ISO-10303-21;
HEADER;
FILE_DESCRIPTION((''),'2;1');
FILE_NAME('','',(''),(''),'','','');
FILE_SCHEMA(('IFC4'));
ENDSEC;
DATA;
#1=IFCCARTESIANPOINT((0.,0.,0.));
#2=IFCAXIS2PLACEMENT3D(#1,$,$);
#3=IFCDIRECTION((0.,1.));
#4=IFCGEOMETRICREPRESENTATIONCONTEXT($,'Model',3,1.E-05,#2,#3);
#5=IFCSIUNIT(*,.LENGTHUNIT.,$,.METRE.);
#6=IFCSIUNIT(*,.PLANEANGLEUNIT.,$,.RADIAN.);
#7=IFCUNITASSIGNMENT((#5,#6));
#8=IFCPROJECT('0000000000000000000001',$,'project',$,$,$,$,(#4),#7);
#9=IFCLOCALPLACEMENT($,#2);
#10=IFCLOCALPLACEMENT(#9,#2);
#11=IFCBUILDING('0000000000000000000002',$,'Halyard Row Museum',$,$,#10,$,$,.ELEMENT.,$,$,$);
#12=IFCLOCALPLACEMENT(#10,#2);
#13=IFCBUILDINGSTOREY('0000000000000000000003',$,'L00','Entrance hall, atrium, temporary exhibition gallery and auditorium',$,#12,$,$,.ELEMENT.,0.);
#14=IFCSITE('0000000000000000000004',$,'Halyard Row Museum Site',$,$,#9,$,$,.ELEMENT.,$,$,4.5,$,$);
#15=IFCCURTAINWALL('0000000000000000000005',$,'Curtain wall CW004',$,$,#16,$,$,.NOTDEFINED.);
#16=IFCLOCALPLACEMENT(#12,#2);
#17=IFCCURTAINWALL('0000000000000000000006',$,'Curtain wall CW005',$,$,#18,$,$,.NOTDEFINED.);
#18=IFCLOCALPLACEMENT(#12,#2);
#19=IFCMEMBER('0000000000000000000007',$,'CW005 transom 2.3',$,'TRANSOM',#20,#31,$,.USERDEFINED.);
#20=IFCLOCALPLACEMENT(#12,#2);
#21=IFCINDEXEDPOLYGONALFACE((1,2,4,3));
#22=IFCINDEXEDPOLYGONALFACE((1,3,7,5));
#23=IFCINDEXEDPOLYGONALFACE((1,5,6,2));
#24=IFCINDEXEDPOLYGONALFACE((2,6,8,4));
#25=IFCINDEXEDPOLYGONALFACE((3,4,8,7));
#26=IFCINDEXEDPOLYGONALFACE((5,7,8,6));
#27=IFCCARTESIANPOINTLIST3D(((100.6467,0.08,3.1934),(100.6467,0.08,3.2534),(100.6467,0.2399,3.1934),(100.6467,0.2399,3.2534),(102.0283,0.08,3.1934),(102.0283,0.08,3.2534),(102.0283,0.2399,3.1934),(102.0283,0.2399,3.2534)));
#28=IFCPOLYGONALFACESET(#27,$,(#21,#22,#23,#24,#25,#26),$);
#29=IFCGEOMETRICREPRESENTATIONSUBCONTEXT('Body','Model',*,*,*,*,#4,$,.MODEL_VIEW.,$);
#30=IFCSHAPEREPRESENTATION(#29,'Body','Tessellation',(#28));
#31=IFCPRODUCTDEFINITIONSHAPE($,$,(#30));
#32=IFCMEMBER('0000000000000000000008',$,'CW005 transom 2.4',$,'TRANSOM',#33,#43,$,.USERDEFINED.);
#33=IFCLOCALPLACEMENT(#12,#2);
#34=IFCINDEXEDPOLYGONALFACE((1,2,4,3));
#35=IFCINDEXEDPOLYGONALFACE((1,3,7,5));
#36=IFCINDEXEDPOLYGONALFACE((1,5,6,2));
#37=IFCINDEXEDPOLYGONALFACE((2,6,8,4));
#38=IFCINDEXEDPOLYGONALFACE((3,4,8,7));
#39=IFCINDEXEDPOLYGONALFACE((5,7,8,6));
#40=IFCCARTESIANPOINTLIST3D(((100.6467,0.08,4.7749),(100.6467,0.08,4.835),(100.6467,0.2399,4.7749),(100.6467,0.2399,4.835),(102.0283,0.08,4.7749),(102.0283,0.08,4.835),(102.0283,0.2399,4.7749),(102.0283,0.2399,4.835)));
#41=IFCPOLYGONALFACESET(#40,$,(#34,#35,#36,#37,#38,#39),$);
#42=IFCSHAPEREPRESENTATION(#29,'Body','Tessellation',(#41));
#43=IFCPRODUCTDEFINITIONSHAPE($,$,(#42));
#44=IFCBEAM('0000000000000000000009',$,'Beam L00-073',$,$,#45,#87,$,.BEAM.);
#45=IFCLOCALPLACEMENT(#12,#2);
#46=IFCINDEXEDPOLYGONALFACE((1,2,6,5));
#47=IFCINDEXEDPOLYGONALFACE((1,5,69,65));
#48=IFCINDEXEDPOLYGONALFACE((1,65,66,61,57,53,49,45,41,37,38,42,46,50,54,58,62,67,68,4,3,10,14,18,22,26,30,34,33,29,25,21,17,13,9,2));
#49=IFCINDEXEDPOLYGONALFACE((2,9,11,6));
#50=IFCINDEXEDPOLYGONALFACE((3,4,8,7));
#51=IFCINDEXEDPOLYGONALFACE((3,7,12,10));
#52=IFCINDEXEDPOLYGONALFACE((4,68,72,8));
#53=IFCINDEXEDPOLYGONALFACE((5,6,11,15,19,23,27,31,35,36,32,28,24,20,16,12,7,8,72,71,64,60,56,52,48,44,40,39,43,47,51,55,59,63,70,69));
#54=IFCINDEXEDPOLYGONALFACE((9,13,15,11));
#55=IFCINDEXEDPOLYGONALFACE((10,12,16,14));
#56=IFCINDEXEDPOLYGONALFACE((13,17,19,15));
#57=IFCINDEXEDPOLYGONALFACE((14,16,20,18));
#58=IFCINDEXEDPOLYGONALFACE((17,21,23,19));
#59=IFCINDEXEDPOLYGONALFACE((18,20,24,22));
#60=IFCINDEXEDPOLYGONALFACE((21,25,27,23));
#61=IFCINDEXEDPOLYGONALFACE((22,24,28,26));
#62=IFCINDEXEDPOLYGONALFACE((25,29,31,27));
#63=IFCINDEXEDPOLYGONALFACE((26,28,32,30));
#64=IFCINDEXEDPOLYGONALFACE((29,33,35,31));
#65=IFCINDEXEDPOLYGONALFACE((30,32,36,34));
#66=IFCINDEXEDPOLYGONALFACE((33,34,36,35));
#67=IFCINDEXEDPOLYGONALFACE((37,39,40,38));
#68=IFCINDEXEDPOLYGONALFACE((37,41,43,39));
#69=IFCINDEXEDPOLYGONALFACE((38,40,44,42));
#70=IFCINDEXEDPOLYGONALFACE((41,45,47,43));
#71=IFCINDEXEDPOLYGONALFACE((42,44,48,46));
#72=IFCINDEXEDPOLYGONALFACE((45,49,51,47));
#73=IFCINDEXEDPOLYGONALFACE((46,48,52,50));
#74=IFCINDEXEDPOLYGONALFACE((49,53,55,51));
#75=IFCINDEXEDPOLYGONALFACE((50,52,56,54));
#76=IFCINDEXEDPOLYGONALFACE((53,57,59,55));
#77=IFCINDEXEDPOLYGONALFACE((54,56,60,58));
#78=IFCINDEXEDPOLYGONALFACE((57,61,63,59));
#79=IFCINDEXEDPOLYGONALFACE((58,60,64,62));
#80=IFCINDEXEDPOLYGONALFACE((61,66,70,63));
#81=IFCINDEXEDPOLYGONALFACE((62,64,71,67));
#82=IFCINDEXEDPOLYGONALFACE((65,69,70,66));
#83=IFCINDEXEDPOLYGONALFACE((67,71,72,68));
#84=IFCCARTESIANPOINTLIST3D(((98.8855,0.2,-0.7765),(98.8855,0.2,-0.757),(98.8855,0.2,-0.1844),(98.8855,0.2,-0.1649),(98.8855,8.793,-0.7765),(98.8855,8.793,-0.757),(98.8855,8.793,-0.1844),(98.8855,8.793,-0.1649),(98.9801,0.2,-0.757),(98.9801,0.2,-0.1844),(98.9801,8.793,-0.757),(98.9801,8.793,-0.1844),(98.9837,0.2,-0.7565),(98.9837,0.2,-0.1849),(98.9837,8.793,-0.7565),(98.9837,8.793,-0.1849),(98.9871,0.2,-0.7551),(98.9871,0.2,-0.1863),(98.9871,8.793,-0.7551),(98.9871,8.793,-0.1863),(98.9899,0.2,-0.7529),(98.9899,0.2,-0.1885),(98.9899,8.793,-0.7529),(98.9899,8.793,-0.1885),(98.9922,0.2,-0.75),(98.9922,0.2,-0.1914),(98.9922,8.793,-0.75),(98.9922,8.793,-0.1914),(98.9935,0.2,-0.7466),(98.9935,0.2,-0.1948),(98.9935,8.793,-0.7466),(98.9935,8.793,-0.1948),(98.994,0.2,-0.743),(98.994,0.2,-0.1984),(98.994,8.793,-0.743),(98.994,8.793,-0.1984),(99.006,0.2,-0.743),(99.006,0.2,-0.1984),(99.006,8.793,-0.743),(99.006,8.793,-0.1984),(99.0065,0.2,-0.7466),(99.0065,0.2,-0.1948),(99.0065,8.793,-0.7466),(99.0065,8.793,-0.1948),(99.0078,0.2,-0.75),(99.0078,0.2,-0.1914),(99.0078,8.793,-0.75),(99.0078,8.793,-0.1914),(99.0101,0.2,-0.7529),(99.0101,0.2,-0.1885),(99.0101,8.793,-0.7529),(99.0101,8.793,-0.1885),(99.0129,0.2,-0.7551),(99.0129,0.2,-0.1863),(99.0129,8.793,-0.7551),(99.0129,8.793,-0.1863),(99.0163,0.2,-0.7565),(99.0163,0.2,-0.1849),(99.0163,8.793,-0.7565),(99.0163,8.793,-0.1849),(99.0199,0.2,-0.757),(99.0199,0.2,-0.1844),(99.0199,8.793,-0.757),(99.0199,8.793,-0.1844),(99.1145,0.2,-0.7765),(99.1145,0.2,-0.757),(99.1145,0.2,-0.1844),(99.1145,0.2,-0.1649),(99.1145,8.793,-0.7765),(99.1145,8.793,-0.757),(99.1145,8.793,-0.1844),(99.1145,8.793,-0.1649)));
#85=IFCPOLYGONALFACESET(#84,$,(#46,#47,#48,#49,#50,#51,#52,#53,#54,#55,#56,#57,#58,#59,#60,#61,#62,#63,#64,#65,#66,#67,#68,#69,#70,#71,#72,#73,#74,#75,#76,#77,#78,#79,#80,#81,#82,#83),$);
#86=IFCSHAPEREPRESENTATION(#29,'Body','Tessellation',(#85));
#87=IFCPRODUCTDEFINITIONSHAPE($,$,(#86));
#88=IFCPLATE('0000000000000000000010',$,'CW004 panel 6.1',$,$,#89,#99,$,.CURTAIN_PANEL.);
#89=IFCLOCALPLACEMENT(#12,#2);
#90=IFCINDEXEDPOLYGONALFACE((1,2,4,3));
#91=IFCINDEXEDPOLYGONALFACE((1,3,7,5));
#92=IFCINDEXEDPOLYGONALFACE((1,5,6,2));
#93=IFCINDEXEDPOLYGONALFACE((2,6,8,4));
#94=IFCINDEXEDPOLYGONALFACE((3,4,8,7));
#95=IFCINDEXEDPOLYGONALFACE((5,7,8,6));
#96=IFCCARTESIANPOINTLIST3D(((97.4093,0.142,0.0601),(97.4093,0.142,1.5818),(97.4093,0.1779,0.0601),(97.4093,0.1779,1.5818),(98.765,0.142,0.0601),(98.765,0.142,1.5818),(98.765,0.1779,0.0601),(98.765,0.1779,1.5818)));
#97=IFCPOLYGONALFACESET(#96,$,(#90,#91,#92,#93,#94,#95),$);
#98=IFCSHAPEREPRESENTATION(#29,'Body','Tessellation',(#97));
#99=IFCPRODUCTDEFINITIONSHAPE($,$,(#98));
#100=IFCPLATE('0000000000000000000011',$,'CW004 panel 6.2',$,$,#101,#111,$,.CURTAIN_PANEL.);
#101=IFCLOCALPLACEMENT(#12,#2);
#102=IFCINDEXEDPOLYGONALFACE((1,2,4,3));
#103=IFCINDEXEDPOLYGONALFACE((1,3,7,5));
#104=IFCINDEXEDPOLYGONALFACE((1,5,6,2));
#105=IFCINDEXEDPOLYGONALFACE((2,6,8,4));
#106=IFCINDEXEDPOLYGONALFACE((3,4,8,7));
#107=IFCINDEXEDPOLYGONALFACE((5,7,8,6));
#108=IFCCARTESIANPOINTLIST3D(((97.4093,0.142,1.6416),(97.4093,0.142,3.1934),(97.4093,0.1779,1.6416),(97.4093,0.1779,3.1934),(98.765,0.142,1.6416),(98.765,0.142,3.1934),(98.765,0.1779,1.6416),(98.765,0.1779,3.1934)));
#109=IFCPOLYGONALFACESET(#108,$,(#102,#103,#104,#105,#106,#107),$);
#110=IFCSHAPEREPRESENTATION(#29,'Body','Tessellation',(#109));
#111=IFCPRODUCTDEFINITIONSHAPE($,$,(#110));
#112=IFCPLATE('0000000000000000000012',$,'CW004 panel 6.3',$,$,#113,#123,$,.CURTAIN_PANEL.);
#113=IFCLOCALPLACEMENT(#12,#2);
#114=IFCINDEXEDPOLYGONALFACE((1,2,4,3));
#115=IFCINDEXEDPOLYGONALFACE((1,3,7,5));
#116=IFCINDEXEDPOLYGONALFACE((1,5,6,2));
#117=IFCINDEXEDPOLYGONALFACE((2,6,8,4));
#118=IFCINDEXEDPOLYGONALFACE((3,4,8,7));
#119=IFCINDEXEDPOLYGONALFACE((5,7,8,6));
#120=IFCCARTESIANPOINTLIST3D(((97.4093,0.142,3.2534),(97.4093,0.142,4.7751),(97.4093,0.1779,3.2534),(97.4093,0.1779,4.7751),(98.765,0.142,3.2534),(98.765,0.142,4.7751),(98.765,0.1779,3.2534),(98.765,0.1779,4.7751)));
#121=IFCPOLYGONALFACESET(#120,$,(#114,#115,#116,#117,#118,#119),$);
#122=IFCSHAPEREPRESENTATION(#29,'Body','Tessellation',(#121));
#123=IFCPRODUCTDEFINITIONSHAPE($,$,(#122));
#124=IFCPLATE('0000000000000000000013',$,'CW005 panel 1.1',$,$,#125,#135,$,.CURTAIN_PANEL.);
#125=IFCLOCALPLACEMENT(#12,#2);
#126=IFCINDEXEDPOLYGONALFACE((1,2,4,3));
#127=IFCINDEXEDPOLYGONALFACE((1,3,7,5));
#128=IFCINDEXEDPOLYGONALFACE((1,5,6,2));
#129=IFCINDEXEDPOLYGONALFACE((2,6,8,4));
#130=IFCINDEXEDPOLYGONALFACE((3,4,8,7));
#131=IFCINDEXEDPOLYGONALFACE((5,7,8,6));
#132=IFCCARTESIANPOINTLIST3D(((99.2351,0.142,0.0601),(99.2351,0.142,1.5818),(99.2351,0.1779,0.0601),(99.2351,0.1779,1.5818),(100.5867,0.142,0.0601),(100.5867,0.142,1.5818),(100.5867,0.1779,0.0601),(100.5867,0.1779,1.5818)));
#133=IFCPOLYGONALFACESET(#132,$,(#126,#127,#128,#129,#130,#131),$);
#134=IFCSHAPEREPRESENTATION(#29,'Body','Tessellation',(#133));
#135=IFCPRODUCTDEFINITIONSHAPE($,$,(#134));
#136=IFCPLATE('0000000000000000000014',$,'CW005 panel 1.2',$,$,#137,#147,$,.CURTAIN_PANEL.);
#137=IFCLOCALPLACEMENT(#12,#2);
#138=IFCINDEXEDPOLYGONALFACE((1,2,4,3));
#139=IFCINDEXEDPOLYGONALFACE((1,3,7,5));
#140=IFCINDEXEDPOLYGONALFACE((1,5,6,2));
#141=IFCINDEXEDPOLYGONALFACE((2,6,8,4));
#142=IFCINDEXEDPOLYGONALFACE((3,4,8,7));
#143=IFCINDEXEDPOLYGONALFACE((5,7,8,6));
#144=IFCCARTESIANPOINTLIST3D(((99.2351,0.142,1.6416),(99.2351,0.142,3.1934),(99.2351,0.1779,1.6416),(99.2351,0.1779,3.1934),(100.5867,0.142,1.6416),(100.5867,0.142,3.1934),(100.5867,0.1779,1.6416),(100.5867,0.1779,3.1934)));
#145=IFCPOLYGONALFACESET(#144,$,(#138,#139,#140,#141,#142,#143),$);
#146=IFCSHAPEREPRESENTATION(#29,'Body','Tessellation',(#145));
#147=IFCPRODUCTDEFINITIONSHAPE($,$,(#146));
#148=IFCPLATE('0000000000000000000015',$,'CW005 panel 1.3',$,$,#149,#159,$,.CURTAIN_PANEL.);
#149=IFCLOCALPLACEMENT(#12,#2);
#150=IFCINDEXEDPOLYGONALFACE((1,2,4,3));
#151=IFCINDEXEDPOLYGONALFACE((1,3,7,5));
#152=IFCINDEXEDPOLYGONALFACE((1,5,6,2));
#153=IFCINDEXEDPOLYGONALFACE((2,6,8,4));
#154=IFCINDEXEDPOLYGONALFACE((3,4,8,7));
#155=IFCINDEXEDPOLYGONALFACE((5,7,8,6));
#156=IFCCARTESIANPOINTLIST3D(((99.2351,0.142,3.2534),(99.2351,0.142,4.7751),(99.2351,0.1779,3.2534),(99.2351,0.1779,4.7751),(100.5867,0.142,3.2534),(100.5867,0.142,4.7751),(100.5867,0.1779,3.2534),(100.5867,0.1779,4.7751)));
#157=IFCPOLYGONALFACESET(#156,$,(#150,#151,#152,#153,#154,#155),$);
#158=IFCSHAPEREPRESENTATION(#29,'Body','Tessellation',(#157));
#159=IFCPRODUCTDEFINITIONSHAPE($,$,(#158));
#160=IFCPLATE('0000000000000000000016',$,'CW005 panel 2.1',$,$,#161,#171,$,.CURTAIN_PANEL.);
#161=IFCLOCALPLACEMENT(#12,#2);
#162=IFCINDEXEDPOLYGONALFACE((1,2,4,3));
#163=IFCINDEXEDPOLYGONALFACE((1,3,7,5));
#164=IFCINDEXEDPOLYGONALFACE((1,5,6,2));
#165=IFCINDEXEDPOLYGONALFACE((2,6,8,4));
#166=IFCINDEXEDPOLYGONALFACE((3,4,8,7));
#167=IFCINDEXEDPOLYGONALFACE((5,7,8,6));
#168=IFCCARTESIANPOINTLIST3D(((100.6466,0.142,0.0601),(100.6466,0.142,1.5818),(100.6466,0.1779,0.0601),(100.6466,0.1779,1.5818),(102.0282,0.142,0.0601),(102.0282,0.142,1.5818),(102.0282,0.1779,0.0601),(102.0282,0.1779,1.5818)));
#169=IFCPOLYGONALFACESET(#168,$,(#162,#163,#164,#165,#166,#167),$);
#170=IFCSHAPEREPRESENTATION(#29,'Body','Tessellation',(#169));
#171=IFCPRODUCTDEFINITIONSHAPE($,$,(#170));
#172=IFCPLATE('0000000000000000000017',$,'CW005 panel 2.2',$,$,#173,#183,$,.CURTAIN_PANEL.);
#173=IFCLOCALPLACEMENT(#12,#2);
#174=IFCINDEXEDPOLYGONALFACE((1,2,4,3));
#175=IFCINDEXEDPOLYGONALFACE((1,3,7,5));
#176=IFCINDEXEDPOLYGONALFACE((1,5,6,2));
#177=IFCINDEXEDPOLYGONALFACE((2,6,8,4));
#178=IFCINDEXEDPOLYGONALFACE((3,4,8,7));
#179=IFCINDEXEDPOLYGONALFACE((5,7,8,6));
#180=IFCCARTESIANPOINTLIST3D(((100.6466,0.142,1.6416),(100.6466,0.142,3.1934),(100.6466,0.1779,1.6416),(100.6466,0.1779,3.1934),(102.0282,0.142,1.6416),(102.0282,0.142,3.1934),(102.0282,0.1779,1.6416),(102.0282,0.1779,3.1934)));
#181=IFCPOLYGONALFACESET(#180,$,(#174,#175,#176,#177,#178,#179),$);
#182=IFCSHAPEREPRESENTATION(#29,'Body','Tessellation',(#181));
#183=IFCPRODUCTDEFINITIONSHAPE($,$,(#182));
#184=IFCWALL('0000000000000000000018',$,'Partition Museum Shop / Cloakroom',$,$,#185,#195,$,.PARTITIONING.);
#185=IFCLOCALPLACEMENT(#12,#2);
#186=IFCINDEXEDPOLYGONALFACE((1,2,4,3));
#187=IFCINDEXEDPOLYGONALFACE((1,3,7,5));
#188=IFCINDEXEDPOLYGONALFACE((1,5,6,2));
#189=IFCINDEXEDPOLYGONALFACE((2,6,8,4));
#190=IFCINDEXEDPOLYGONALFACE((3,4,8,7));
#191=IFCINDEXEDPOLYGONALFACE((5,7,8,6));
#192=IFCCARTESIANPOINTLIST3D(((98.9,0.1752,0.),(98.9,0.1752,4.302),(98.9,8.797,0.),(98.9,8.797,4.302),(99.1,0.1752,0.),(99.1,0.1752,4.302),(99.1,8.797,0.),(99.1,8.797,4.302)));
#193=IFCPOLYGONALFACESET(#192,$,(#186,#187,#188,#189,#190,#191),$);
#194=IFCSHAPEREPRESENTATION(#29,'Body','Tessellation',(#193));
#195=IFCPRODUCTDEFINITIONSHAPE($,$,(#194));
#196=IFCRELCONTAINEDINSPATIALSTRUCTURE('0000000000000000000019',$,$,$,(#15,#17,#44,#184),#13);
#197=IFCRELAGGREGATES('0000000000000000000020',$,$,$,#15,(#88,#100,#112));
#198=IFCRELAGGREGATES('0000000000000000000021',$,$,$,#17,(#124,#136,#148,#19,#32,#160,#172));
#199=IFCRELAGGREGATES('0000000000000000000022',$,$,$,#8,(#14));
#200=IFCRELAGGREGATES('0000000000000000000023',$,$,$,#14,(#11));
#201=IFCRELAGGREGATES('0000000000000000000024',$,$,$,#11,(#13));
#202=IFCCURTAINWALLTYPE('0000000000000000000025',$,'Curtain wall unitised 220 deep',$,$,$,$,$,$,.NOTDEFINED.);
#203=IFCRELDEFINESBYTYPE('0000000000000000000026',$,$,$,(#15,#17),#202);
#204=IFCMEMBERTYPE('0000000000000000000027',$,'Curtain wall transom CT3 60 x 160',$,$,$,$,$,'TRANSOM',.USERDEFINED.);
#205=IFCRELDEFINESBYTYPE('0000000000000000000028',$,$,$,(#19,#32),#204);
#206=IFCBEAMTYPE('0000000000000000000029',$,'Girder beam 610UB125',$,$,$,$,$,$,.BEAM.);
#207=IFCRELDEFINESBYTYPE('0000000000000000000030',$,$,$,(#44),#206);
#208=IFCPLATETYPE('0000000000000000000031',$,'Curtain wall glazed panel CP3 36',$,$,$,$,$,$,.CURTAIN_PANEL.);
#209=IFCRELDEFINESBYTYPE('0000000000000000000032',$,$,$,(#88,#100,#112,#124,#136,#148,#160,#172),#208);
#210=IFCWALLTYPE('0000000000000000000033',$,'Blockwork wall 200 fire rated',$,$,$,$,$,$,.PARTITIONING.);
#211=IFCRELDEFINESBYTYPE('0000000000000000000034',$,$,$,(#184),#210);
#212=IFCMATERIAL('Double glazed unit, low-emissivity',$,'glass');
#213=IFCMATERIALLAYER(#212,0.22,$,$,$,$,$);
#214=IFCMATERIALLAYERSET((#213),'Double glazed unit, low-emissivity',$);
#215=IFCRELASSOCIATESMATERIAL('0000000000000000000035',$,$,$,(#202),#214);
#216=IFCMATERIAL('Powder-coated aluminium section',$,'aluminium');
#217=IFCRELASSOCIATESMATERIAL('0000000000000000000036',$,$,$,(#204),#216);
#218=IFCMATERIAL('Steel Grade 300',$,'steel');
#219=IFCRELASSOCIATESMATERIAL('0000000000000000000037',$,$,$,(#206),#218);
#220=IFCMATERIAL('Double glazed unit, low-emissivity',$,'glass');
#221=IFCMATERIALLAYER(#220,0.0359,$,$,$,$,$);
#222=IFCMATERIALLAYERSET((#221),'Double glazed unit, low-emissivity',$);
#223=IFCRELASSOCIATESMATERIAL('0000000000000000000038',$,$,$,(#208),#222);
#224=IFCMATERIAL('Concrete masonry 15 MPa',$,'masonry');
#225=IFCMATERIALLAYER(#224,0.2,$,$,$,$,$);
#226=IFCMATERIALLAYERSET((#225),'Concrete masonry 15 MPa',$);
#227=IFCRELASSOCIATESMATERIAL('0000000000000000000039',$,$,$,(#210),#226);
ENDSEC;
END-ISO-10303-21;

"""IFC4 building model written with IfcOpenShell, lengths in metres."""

from ifc_helpers import new_model, si_unit, direction, frame, frame_2d, origin, origin_2d, place, context, subcontext, project, spatial, rectangle, i_section, extrude, material, layer, layer_set, material_profile, profile_set, type_object, element, aggregate, save


model = new_model("IFC4")

# Units and contexts
model_context = context("Model", 3, precision=1e-05, world=origin(), true_north=direction((0.0, 1.0)))
body_context = subcontext(model_context, "Body", "Model", "MODEL_VIEW")
ifc_project = project(units=[si_unit("LENGTHUNIT", "METRE"), si_unit("PLANEANGLEUNIT", "RADIAN")], contexts=[model_context])

# Site, building, storey
site_placement = place(None, origin())
site = spatial("IfcSite", under=ifc_project, at=site_placement, Name="Halyard Row Museum Site", CompositionType="ELEMENT", RefElevation=4.5)
building_placement = place(site_placement, origin())
building = spatial("IfcBuilding", under=site, at=building_placement, Name="Halyard Row Museum", CompositionType="ELEMENT")
storey_placement = place(building_placement, origin())
storey = spatial("IfcBuildingStorey", under=building, at=storey_placement, Name="L00", Description="Entrance hall, atrium, temporary exhibition gallery and auditorium", CompositionType="ELEMENT", Elevation=0.0)

# Curtain wall
ifc_material_1 = material(Name="Double glazed unit, low-emissivity", Category="glass")
ifc_layer_1 = layer(ifc_material_1, 0.22)
ifc_layer_set_1 = layer_set([ifc_layer_1], Name="Double glazed unit, low-emissivity")
curtain_wall_type = type_object("IfcCurtainWallType", Name="Curtain wall unitised 220 deep", PredefinedType="NOTDEFINED", material=ifc_layer_set_1)
curtain_wall_1_placement = place(storey_placement, origin())
curtain_wall_1 = element("IfcCurtainWall", 1, at=curtain_wall_1_placement, inside=storey, type_object=curtain_wall_type, Name="Curtain wall CW004", PredefinedType="NOTDEFINED")

# Curtain wall, members
curtain_wall_2_placement = place(storey_placement, origin())
curtain_wall_2 = element("IfcCurtainWall", 2, at=curtain_wall_2_placement, inside=storey, type_object=curtain_wall_type, Name="Curtain wall CW005", PredefinedType="NOTDEFINED")
ifc_material_2 = material(Name="Powder-coated aluminium section", Category="aluminium")
ifc_material_profile_1 = material_profile(ifc_material_2, rectangle(XDim=0.1599, YDim=0.0601, at=origin_2d()), Name="160x60 transom")
ifc_profile_set_1 = profile_set([ifc_material_profile_1], Name="Powder-coated aluminium section")
member_type_1 = type_object("IfcMemberType", Name="Curtain wall transom CT3 60 x 160", ElementType="TRANSOM", PredefinedType="USERDEFINED", material=ifc_profile_set_1)
member_1_placement = place(storey_placement, frame((100.6467, 0.1599, 3.2234), z_axis=(1.0, 0.0, 0.0), x_axis=(0.0, 1.0, 0.0)))
member_1 = element("IfcMember", 3, at=member_1_placement, type_object=member_type_1, Name="CW005 transom 2.3", ObjectType="TRANSOM", PredefinedType="USERDEFINED", context=body_context, shape_type="SweptSolid", body=[
    extrude(rectangle(XDim=0.1599, YDim=0.0601, at=origin_2d()), origin(), (0.0, 0.0, 1.0), 1.3816),
])
member_2_placement = place(storey_placement, frame((100.6467, 0.1599, 4.8049), z_axis=(1.0, 0.0, 0.0), x_axis=(0.0, 1.0, 0.0)))
member_2 = element("IfcMember", 4, at=member_2_placement, type_object=member_type_1, Name="CW005 transom 2.4", ObjectType="TRANSOM", PredefinedType="USERDEFINED", context=body_context, shape_type="SweptSolid", body=[
    extrude(rectangle(XDim=0.1599, YDim=0.0601, at=origin_2d()), origin(), (0.0, 0.0, 1.0), 1.3816),
])

# Beam
ifc_material_3 = material(Name="Steel Grade 300", Category="steel")
ifc_material_profile_2 = material_profile(ifc_material_3, i_section(OverallWidth=0.229, OverallDepth=0.6116, WebThickness=0.012, FlangeThickness=0.0195, FilletRadius=0.0139, at=origin_2d()), Name="610UB125")
ifc_profile_set_2 = profile_set([ifc_material_profile_2], Name="Steel Grade 300")
beam_type = type_object("IfcBeamType", Name="Girder beam 610UB125", PredefinedType="BEAM", material=ifc_profile_set_2)
beam_placement = place(storey_placement, frame((99.0, 0.2, -0.4707), z_axis=(0.0, 1.0, 0.0), x_axis=(-1.0, 0.0, 0.0)))
element("IfcBeam", 5, at=beam_placement, inside=storey, type_object=beam_type, Name="Beam L00-073", PredefinedType="BEAM", context=body_context, shape_type="SweptSolid", body=[
    extrude(i_section(OverallWidth=0.229, OverallDepth=0.6116, WebThickness=0.012, FlangeThickness=0.0195, FilletRadius=0.0139, at=origin_2d()), origin(), (0.0, 0.0, 1.0), 8.593),
])

# Plates
ifc_material_4 = material(Name="Double glazed unit, low-emissivity", Category="glass")
ifc_layer_2 = layer(ifc_material_4, 0.0359)
ifc_layer_set_2 = layer_set([ifc_layer_2], Name="Double glazed unit, low-emissivity")
plate_type = type_object("IfcPlateType", Name="Curtain wall glazed panel CP3 36", PredefinedType="CURTAIN_PANEL", material=ifc_layer_set_2)
plate_1_placement = place(storey_placement, frame((98.0872, 0.1599, 0.0601), z_axis=(0.0, 0.0, 1.0), x_axis=(1.0, 0.0, 0.0)))
plate_1 = element("IfcPlate", 6, at=plate_1_placement, type_object=plate_type, Name="CW004 panel 6.1", PredefinedType="CURTAIN_PANEL", context=body_context, shape_type="SweptSolid", body=[
    extrude(rectangle(XDim=1.3557, YDim=0.0359, at=origin_2d()), origin(), (0.0, 0.0, 1.0), 1.5217),
])
plate_2_placement = place(storey_placement, frame((98.0872, 0.1599, 1.6416), z_axis=(0.0, 0.0, 1.0), x_axis=(1.0, 0.0, 0.0)))
plate_2 = element("IfcPlate", 7, at=plate_2_placement, type_object=plate_type, Name="CW004 panel 6.2", PredefinedType="CURTAIN_PANEL", context=body_context, shape_type="SweptSolid", body=[
    extrude(rectangle(XDim=1.3557, YDim=0.0359, at=origin_2d()), origin(), (0.0, 0.0, 1.0), 1.5518),
])
plate_3_placement = place(storey_placement, frame((98.0872, 0.1599, 3.2534), z_axis=(0.0, 0.0, 1.0), x_axis=(1.0, 0.0, 0.0)))
plate_3 = element("IfcPlate", 8, at=plate_3_placement, type_object=plate_type, Name="CW004 panel 6.3", PredefinedType="CURTAIN_PANEL", context=body_context, shape_type="SweptSolid", body=[
    extrude(rectangle(XDim=1.3557, YDim=0.0359, at=origin_2d()), origin(), (0.0, 0.0, 1.0), 1.5217),
])
aggregate(curtain_wall_1, [plate_1, plate_2, plate_3])
plate_4_placement = place(storey_placement, frame((99.9109, 0.1599, 0.0601), z_axis=(0.0, 0.0, 1.0), x_axis=(1.0, 0.0, 0.0)))
plate_4 = element("IfcPlate", 9, at=plate_4_placement, type_object=plate_type, Name="CW005 panel 1.1", PredefinedType="CURTAIN_PANEL", context=body_context, shape_type="SweptSolid", body=[
    extrude(rectangle(XDim=1.3516, YDim=0.0359, at=origin_2d()), origin(), (0.0, 0.0, 1.0), 1.5217),
])
plate_5_placement = place(storey_placement, frame((99.9109, 0.1599, 1.6416), z_axis=(0.0, 0.0, 1.0), x_axis=(1.0, 0.0, 0.0)))
plate_5 = element("IfcPlate", 10, at=plate_5_placement, type_object=plate_type, Name="CW005 panel 1.2", PredefinedType="CURTAIN_PANEL", context=body_context, shape_type="SweptSolid", body=[
    extrude(rectangle(XDim=1.3516, YDim=0.0359, at=origin_2d()), origin(), (0.0, 0.0, 1.0), 1.5518),
])
plate_6_placement = place(storey_placement, frame((99.9109, 0.1599, 3.2534), z_axis=(0.0, 0.0, 1.0), x_axis=(1.0, 0.0, 0.0)))
plate_6 = element("IfcPlate", 11, at=plate_6_placement, type_object=plate_type, Name="CW005 panel 1.3", PredefinedType="CURTAIN_PANEL", context=body_context, shape_type="SweptSolid", body=[
    extrude(rectangle(XDim=1.3516, YDim=0.0359, at=origin_2d()), origin(), (0.0, 0.0, 1.0), 1.5217),
])
plate_7_placement = place(storey_placement, frame((101.3374, 0.1599, 0.0601), z_axis=(0.0, 0.0, 1.0), x_axis=(1.0, 0.0, 0.0)))
plate_7 = element("IfcPlate", 12, at=plate_7_placement, type_object=plate_type, Name="CW005 panel 2.1", PredefinedType="CURTAIN_PANEL", context=body_context, shape_type="SweptSolid", body=[
    extrude(rectangle(XDim=1.3816, YDim=0.0359, at=origin_2d()), origin(), (0.0, 0.0, 1.0), 1.5217),
])
plate_8_placement = place(storey_placement, frame((101.3374, 0.1599, 1.6416), z_axis=(0.0, 0.0, 1.0), x_axis=(1.0, 0.0, 0.0)))
plate_8 = element("IfcPlate", 13, at=plate_8_placement, type_object=plate_type, Name="CW005 panel 2.2", PredefinedType="CURTAIN_PANEL", context=body_context, shape_type="SweptSolid", body=[
    extrude(rectangle(XDim=1.3816, YDim=0.0359, at=origin_2d()), origin(), (0.0, 0.0, 1.0), 1.5518),
])
aggregate(curtain_wall_2, [plate_4, plate_5, plate_6, member_1, member_2, plate_7, plate_8])

# Wall
ifc_material_5 = material(Name="Concrete masonry 15 MPa", Category="masonry")
ifc_layer_3 = layer(ifc_material_5, 0.2)
ifc_layer_set_3 = layer_set([ifc_layer_3], Name="Concrete masonry 15 MPa")
wall_type = type_object("IfcWallType", Name="Blockwork wall 200 fire rated", PredefinedType="PARTITIONING", material=ifc_layer_set_3)
wall_placement = place(storey_placement, frame((99.0, 0.175, 0.0), z_axis=(0.0, 0.0, 1.0), x_axis=(0.0, 1.0, 0.0)))
element("IfcWall", 14, at=wall_placement, inside=storey, type_object=wall_type, Name="Partition Museum Shop / Cloakroom", PredefinedType="PARTITIONING", context=body_context, shape_type="SweptSolid", body=[
    extrude(rectangle(XDim=8.6218, YDim=0.2, at=frame_2d((4.311, 0.0))), origin(), (0.0, 0.0, 1.0), 4.302),
])

save(model, "model.ifc")
